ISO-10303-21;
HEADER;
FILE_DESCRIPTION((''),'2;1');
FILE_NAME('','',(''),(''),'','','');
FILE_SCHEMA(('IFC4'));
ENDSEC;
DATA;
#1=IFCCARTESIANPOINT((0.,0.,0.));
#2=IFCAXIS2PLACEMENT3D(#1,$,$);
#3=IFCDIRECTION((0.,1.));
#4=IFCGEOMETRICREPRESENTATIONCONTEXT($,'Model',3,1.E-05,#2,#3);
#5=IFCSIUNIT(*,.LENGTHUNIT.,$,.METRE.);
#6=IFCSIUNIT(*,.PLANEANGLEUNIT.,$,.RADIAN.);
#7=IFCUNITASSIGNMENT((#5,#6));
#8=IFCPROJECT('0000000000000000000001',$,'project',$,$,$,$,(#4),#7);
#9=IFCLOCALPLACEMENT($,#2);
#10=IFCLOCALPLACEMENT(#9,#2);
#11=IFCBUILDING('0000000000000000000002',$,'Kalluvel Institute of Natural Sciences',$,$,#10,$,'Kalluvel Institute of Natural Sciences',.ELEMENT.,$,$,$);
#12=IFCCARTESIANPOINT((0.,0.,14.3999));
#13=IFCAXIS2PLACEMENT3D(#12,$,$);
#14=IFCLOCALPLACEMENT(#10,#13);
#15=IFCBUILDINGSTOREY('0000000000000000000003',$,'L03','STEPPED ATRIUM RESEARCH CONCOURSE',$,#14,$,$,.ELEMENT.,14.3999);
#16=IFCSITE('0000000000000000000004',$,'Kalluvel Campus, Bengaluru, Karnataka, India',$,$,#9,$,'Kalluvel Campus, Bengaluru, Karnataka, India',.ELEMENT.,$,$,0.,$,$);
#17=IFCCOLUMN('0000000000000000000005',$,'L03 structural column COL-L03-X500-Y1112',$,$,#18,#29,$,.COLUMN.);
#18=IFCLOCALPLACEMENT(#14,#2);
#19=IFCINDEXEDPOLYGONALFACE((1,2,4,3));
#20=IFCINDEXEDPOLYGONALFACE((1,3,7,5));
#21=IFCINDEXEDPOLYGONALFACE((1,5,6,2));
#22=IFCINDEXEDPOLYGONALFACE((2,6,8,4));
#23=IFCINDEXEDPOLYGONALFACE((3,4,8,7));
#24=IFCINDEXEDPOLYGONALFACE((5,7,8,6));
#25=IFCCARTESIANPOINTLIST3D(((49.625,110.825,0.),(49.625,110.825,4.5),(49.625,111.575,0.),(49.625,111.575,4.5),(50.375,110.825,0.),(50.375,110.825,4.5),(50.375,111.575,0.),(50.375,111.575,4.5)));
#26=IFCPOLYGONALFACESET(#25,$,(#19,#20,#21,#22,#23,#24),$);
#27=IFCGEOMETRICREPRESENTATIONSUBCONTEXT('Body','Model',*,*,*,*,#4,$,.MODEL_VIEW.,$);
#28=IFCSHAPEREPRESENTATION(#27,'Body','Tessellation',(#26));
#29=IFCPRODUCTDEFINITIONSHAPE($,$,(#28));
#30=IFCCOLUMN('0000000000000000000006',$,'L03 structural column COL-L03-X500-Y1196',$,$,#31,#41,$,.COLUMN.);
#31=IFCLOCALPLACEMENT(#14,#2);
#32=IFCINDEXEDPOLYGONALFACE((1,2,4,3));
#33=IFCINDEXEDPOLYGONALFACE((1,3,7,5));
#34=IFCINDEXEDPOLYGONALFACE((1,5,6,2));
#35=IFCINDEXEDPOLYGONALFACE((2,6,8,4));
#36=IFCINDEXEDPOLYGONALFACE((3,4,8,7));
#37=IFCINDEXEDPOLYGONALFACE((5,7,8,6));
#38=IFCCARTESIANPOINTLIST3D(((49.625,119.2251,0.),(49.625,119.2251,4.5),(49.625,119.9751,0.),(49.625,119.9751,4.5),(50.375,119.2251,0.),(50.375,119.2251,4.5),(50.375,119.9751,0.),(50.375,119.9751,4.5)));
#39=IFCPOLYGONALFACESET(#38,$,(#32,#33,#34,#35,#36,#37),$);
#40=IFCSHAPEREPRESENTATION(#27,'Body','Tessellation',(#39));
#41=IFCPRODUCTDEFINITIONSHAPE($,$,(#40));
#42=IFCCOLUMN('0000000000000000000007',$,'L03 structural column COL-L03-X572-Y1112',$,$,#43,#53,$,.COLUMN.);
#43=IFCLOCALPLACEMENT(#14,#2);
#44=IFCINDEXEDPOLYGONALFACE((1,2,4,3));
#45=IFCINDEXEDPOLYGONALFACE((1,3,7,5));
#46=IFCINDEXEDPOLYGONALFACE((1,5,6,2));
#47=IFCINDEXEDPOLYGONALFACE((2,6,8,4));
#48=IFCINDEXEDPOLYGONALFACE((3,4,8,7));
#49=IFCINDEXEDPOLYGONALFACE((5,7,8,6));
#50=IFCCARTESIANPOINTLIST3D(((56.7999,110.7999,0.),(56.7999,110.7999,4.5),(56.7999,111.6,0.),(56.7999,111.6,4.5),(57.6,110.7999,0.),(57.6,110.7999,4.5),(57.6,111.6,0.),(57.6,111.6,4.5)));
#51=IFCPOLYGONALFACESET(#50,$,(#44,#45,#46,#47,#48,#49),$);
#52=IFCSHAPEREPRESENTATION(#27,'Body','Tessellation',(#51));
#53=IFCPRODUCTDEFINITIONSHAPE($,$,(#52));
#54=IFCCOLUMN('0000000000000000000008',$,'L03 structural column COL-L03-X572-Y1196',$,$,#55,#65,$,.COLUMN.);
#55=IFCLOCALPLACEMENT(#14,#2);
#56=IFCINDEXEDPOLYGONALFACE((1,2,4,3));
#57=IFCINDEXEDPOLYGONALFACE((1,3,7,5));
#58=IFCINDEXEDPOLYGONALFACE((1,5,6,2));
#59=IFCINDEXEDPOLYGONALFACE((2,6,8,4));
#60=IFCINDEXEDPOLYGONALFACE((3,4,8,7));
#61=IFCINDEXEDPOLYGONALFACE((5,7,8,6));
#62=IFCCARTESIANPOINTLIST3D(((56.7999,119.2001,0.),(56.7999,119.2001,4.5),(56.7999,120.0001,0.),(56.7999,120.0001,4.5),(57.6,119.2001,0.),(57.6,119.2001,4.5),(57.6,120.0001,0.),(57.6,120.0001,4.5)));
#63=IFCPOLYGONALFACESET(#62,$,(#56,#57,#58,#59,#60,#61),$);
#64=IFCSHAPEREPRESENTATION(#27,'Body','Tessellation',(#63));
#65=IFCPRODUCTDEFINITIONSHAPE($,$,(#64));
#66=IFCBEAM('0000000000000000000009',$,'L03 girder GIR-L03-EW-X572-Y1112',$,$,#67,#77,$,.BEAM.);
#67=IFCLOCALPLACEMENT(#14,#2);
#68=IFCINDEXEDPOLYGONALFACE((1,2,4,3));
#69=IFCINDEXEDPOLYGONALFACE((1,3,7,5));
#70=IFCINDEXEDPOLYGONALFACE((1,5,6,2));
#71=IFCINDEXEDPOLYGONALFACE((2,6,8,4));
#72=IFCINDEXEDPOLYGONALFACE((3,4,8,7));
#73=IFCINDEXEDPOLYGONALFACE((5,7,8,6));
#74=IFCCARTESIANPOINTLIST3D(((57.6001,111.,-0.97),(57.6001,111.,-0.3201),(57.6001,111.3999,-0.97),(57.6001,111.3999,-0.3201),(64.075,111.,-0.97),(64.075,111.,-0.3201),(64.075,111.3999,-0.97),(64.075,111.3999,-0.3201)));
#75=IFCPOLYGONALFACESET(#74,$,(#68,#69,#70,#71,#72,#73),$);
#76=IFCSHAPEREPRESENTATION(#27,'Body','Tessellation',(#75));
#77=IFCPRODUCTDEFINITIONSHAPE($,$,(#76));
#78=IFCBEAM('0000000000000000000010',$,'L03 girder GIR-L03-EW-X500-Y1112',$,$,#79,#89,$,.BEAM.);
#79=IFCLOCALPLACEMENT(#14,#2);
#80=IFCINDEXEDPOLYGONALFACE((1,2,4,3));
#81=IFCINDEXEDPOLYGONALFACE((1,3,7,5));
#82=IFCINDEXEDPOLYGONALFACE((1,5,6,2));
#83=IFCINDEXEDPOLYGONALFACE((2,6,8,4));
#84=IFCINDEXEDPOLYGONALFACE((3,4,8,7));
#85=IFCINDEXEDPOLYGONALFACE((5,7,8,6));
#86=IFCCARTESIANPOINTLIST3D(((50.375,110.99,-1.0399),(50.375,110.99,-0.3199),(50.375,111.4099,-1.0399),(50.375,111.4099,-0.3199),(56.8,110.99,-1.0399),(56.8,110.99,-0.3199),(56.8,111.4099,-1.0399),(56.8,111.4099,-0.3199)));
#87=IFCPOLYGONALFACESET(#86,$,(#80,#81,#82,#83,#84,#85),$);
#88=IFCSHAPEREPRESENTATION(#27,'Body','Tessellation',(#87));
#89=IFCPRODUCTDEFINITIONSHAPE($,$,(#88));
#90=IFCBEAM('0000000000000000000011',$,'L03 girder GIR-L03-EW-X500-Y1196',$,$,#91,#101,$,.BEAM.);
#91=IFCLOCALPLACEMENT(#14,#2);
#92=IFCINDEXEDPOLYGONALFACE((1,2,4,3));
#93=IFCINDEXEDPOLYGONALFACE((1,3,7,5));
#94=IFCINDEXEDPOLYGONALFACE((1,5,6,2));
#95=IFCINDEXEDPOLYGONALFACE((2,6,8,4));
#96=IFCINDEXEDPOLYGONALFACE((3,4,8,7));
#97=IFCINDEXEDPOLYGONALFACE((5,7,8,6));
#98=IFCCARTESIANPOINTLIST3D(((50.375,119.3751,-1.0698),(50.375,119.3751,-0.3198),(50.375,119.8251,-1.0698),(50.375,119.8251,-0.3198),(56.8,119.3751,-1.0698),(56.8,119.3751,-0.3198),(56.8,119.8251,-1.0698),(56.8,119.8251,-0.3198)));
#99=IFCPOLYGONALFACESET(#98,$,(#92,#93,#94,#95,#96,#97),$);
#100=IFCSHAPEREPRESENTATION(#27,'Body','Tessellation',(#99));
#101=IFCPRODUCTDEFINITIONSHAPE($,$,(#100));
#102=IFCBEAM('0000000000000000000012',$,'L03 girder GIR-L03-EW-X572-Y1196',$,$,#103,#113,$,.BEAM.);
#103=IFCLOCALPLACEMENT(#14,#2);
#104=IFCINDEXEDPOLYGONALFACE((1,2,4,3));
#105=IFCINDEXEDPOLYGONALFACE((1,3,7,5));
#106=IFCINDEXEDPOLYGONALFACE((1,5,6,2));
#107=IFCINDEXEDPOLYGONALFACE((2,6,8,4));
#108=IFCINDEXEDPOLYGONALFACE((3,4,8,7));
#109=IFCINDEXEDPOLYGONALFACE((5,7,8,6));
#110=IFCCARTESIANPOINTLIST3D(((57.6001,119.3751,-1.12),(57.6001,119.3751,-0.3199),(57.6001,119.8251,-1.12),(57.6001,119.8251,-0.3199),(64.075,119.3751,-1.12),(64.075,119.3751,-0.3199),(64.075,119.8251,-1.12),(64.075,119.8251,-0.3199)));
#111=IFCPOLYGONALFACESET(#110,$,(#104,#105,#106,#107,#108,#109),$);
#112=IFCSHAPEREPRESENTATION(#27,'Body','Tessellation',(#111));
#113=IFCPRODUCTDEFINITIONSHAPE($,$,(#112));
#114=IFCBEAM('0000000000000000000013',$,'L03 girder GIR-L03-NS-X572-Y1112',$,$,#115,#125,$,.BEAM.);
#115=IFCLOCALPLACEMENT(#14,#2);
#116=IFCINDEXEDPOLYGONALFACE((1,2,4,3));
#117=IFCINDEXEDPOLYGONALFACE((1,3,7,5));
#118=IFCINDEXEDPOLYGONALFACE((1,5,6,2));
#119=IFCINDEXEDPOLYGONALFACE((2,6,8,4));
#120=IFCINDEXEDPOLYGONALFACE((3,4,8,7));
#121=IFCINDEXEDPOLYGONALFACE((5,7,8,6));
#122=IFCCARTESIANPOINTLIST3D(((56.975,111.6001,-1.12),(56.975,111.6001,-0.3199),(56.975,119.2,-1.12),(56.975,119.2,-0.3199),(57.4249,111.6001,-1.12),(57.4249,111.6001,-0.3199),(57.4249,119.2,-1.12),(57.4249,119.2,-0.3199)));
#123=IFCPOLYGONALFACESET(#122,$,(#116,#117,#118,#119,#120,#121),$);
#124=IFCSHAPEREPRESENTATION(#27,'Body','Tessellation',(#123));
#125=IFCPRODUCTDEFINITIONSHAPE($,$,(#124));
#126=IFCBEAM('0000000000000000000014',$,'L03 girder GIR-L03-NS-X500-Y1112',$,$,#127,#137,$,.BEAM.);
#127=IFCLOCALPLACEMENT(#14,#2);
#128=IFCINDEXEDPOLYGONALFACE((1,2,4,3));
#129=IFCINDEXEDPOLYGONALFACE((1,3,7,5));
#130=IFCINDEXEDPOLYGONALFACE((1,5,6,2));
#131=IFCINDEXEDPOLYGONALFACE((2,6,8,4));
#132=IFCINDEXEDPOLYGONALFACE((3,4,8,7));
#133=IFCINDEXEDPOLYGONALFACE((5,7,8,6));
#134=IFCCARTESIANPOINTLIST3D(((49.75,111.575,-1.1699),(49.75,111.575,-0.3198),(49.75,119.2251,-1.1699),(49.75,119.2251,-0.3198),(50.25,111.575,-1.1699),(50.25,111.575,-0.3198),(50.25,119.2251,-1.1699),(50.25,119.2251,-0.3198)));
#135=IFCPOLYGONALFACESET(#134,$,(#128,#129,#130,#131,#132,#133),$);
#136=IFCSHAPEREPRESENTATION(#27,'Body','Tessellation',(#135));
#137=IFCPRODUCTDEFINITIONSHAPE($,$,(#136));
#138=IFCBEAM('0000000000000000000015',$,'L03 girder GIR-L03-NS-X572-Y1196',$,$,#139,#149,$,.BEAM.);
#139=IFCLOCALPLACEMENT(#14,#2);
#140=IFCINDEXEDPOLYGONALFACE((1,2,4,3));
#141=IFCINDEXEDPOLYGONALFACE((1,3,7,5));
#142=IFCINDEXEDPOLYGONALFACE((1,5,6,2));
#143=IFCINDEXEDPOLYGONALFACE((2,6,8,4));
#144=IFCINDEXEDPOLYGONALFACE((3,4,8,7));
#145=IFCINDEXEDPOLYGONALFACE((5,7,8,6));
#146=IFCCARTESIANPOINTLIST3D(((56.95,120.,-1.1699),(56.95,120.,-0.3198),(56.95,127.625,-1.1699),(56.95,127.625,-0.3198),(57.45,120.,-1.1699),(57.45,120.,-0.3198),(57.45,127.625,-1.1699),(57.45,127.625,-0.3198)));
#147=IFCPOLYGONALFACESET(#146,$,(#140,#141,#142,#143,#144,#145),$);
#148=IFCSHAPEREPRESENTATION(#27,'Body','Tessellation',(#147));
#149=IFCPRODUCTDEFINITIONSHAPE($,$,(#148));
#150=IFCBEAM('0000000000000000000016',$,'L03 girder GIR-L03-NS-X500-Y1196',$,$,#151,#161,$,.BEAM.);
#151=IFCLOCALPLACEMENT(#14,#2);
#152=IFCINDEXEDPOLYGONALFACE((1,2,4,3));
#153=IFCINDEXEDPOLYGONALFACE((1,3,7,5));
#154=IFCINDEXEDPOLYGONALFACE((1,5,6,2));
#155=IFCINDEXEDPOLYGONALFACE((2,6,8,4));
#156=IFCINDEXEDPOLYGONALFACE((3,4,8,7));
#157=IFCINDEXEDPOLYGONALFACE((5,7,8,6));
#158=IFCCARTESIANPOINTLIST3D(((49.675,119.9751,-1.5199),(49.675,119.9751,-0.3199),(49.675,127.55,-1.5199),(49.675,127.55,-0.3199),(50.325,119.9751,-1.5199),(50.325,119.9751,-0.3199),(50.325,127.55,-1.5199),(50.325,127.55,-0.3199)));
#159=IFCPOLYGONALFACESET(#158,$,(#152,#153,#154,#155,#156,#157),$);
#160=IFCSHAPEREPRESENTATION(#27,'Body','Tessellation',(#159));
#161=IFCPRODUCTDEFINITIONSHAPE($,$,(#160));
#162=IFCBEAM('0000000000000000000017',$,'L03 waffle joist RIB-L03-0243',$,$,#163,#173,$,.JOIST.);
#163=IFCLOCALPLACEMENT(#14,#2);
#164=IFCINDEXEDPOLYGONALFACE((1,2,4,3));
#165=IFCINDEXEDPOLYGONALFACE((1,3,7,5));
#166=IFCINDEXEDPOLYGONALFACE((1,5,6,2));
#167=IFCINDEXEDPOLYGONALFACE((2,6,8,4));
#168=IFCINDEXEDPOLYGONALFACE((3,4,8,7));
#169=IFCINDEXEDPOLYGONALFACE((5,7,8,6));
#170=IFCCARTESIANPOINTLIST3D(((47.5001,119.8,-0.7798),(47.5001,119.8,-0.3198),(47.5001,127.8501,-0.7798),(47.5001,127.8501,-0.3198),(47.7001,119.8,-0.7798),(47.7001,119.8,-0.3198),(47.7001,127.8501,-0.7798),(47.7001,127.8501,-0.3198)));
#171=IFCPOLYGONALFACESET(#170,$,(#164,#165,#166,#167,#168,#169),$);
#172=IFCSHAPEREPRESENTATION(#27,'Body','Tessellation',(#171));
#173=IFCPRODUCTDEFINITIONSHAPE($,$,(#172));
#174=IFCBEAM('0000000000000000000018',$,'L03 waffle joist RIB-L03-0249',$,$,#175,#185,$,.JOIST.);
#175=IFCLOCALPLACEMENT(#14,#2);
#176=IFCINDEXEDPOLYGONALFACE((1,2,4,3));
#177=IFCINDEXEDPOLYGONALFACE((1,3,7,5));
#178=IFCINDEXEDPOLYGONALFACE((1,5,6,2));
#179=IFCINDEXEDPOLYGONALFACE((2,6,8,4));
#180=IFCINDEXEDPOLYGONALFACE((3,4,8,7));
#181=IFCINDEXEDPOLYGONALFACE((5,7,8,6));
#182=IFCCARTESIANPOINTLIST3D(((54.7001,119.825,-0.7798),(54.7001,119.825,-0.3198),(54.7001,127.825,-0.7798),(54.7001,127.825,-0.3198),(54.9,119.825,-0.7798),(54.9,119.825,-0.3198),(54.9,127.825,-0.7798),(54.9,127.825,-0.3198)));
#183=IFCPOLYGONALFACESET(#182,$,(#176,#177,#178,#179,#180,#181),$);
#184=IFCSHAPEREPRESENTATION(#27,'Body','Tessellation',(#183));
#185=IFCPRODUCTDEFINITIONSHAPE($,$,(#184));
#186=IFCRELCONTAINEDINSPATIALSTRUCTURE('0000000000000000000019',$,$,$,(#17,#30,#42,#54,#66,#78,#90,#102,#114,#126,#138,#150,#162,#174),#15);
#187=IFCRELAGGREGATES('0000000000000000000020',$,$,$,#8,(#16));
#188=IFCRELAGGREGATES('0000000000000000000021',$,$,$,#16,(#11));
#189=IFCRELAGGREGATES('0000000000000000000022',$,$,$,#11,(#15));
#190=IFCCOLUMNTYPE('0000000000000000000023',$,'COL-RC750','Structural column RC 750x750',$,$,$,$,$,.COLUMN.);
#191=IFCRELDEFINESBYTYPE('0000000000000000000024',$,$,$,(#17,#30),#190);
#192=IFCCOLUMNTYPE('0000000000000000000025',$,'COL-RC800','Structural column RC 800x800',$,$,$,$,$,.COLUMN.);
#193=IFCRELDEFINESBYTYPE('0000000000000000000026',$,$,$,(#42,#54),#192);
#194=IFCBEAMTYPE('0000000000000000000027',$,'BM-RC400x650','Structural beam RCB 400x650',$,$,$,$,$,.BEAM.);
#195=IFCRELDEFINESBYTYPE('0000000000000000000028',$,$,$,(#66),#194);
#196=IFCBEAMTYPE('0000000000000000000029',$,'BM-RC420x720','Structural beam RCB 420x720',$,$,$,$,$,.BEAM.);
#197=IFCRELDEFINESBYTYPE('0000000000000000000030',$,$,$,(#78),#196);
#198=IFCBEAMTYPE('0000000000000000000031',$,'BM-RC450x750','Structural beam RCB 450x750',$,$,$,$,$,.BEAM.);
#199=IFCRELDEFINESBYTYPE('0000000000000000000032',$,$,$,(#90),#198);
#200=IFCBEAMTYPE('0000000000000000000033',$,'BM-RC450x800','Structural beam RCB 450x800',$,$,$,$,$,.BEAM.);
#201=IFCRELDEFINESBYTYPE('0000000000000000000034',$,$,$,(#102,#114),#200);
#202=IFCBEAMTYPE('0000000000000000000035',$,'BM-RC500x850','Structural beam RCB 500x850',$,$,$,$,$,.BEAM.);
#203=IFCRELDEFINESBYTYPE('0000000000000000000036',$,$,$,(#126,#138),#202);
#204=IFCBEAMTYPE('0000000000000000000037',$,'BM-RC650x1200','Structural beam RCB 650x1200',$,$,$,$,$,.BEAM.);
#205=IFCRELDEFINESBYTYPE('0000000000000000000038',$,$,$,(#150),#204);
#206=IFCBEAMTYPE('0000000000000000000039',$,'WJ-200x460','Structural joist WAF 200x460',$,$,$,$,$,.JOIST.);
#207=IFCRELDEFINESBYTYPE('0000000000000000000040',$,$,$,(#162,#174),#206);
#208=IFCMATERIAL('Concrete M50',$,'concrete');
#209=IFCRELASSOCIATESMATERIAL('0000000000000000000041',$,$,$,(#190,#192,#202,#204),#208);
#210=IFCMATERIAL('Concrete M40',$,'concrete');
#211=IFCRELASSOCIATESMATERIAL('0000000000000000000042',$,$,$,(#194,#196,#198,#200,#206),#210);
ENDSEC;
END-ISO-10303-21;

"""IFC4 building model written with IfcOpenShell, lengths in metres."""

from ifc_helpers import new_model, si_unit, direction, frame, origin, origin_2d, place, context, subcontext, project, spatial, rectangle, extrude, material, material_profile, profile_set, type_object, element, save


model = new_model("IFC4")

# Units and contexts
model_context = context("Model", 3, precision=1e-05, world=origin(), true_north=direction((0.0, 1.0)))
body_context = subcontext(model_context, "Body", "Model", "MODEL_VIEW")
ifc_project = project(units=[si_unit("LENGTHUNIT", "METRE"), si_unit("PLANEANGLEUNIT", "RADIAN")], contexts=[model_context])

# Site, building, storey
site_placement = place(None, origin())
site = spatial("IfcSite", under=ifc_project, at=site_placement, Name="Kalluvel Campus, Bengaluru, Karnataka, India", LongName="Kalluvel Campus, Bengaluru, Karnataka, India", CompositionType="ELEMENT", RefElevation=0.0)
building_placement = place(site_placement, origin())
building = spatial("IfcBuilding", under=site, at=building_placement, Name="Kalluvel Institute of Natural Sciences", LongName="Kalluvel Institute of Natural Sciences", CompositionType="ELEMENT")
storey_placement = place(building_placement, frame((0.0, 0.0, 14.3999)))
storey = spatial("IfcBuildingStorey", under=building, at=storey_placement, Name="L03", Description="STEPPED ATRIUM RESEARCH CONCOURSE", CompositionType="ELEMENT", Elevation=14.3999)

# Columns
ifc_material_1 = material(Name="Concrete M50", Category="concrete")
ifc_material_profile_1 = material_profile(ifc_material_1, rectangle(XDim=0.75, YDim=0.75, at=origin_2d()), Name="RC 750x750")
ifc_profile_set_1 = profile_set([ifc_material_profile_1], Name="Concrete M50")
column_type_1 = type_object("IfcColumnType", Name="COL-RC750", Description="Structural column RC 750x750", PredefinedType="COLUMN", material=ifc_profile_set_1)
for number, where, z_axis, x_axis, name in (
    (1, (50.0, 111.2, 0.0), (0.0, 0.0, 1.0), (1.0, 0.0, 0.0), "L03 structural column COL-L03-X500-Y1112"),
    (2, (50.0, 119.6001, 0.0), (0.0, 0.0, 1.0), (1.0, 0.0, 0.0), "L03 structural column COL-L03-X500-Y1196"),
):
    element("IfcColumn", number, at=place(storey_placement, frame(where, z_axis=z_axis, x_axis=x_axis)), inside=storey, type_object=column_type_1, Name=name, PredefinedType="COLUMN", context=body_context, shape_type="SweptSolid", body=[
        extrude(rectangle(XDim=0.75, YDim=0.75, at=origin_2d()), origin(), (0.0, 0.0, 1.0), 4.5),
    ])
ifc_material_profile_2 = material_profile(ifc_material_1, rectangle(XDim=0.8, YDim=0.8, at=origin_2d()), Name="RC 800x800")
ifc_profile_set_2 = profile_set([ifc_material_profile_2], Name="Concrete M50")
column_type_2 = type_object("IfcColumnType", Name="COL-RC800", Description="Structural column RC 800x800", PredefinedType="COLUMN", material=ifc_profile_set_2)
for number, where, z_axis, x_axis, name in (
    (3, (57.2, 111.2, 0.0), (0.0, 0.0, 1.0), (1.0, 0.0, 0.0), "L03 structural column COL-L03-X572-Y1112"),
    (4, (57.2, 119.6001, 0.0), (0.0, 0.0, 1.0), (1.0, 0.0, 0.0), "L03 structural column COL-L03-X572-Y1196"),
):
    element("IfcColumn", number, at=place(storey_placement, frame(where, z_axis=z_axis, x_axis=x_axis)), inside=storey, type_object=column_type_2, Name=name, PredefinedType="COLUMN", context=body_context, shape_type="SweptSolid", body=[
        extrude(rectangle(XDim=0.8, YDim=0.8, at=origin_2d()), origin(), (0.0, 0.0, 1.0), 4.5),
    ])

# Beams
ifc_material_2 = material(Name="Concrete M40", Category="concrete")
ifc_material_profile_3 = material_profile(ifc_material_2, rectangle(XDim=0.3999, YDim=0.6499, at=origin_2d()), Name="RCB 400x650")
ifc_profile_set_3 = profile_set([ifc_material_profile_3], Name="Concrete M40")
beam_type_1 = type_object("IfcBeamType", Name="BM-RC400x650", Description="Structural beam RCB 400x650", PredefinedType="BEAM", material=ifc_profile_set_3)
beam_1_placement = place(storey_placement, frame((57.6001, 111.2, -0.645), z_axis=(1.0, 0.0, 0.0), x_axis=(0.0, 1.0, 0.0)))
element("IfcBeam", 5, at=beam_1_placement, inside=storey, type_object=beam_type_1, Name="L03 girder GIR-L03-EW-X572-Y1112", PredefinedType="BEAM", context=body_context, shape_type="SweptSolid", body=[
    extrude(rectangle(XDim=0.3999, YDim=0.6499, at=origin_2d()), origin(), (0.0, 0.0, 1.0), 6.4749),
])
ifc_material_profile_4 = material_profile(ifc_material_2, rectangle(XDim=0.4199, YDim=0.72, at=origin_2d()), Name="RCB 420x720")
ifc_profile_set_4 = profile_set([ifc_material_profile_4], Name="Concrete M40")
beam_type_2 = type_object("IfcBeamType", Name="BM-RC420x720", Description="Structural beam RCB 420x720", PredefinedType="BEAM", material=ifc_profile_set_4)
beam_2_placement = place(storey_placement, frame((50.375, 111.2, -0.6799), z_axis=(1.0, 0.0, 0.0), x_axis=(0.0, 1.0, 0.0)))
element("IfcBeam", 6, at=beam_2_placement, inside=storey, type_object=beam_type_2, Name="L03 girder GIR-L03-EW-X500-Y1112", PredefinedType="BEAM", context=body_context, shape_type="SweptSolid", body=[
    extrude(rectangle(XDim=0.4199, YDim=0.72, at=origin_2d()), origin(), (0.0, 0.0, 1.0), 6.425),
])
ifc_material_profile_5 = material_profile(ifc_material_2, rectangle(XDim=0.45, YDim=0.75, at=origin_2d()), Name="RCB 450x750")
ifc_profile_set_5 = profile_set([ifc_material_profile_5], Name="Concrete M40")
beam_type_3 = type_object("IfcBeamType", Name="BM-RC450x750", Description="Structural beam RCB 450x750", PredefinedType="BEAM", material=ifc_profile_set_5)
beam_3_placement = place(storey_placement, frame((50.375, 119.6001, -0.6948), z_axis=(1.0, 0.0, 0.0), x_axis=(0.0, 1.0, 0.0)))
element("IfcBeam", 7, at=beam_3_placement, inside=storey, type_object=beam_type_3, Name="L03 girder GIR-L03-EW-X500-Y1196", PredefinedType="BEAM", context=body_context, shape_type="SweptSolid", body=[
    extrude(rectangle(XDim=0.45, YDim=0.75, at=origin_2d()), origin(), (0.0, 0.0, 1.0), 6.425),
])
ifc_material_profile_6 = material_profile(ifc_material_2, rectangle(XDim=0.45, YDim=0.8, at=origin_2d()), Name="RCB 450x800")
ifc_profile_set_6 = profile_set([ifc_material_profile_6], Name="Concrete M40")
beam_type_4 = type_object("IfcBeamType", Name="BM-RC450x800", Description="Structural beam RCB 450x800", PredefinedType="BEAM", material=ifc_profile_set_6)
beam_4_placement = place(storey_placement, frame((57.6001, 119.6001, -0.72), z_axis=(1.0, 0.0, 0.0), x_axis=(0.0, 1.0, 0.0)))
element("IfcBeam", 8, at=beam_4_placement, inside=storey, type_object=beam_type_4, Name="L03 girder GIR-L03-EW-X572-Y1196", PredefinedType="BEAM", context=body_context, shape_type="SweptSolid", body=[
    extrude(rectangle(XDim=0.45, YDim=0.8, at=origin_2d()), origin(), (0.0, 0.0, 1.0), 6.4749),
])
beam_5_placement = place(storey_placement, frame((57.2, 111.6001, -0.72), z_axis=(0.0, 1.0, 0.0), x_axis=(-1.0, 0.0, 0.0)))
element("IfcBeam", 9, at=beam_5_placement, inside=storey, type_object=beam_type_4, Name="L03 girder GIR-L03-NS-X572-Y1112", PredefinedType="BEAM", context=body_context, shape_type="SweptSolid", body=[
    extrude(rectangle(XDim=0.45, YDim=0.8, at=origin_2d()), origin(), (0.0, 0.0, 1.0), 7.5999),
])
ifc_material_profile_7 = material_profile(ifc_material_1, rectangle(XDim=0.5, YDim=0.8501, at=origin_2d()), Name="RCB 500x850")
ifc_profile_set_7 = profile_set([ifc_material_profile_7], Name="Concrete M50")
beam_type_5 = type_object("IfcBeamType", Name="BM-RC500x850", Description="Structural beam RCB 500x850", PredefinedType="BEAM", material=ifc_profile_set_7)
beam_6_placement = place(storey_placement, frame((50.0, 111.575, -0.7449), z_axis=(0.0, 1.0, 0.0), x_axis=(-1.0, 0.0, 0.0)))
element("IfcBeam", 10, at=beam_6_placement, inside=storey, type_object=beam_type_5, Name="L03 girder GIR-L03-NS-X500-Y1112", PredefinedType="BEAM", context=body_context, shape_type="SweptSolid", body=[
    extrude(rectangle(XDim=0.5, YDim=0.8501, at=origin_2d()), origin(), (0.0, 0.0, 1.0), 7.6501),
])
beam_7_placement = place(storey_placement, frame((57.2, 120.0, -0.7449), z_axis=(0.0, 1.0, 0.0), x_axis=(-1.0, 0.0, 0.0)))
element("IfcBeam", 11, at=beam_7_placement, inside=storey, type_object=beam_type_5, Name="L03 girder GIR-L03-NS-X572-Y1196", PredefinedType="BEAM", context=body_context, shape_type="SweptSolid", body=[
    extrude(rectangle(XDim=0.5, YDim=0.8501, at=origin_2d()), origin(), (0.0, 0.0, 1.0), 7.625),
])
ifc_material_profile_8 = material_profile(ifc_material_1, rectangle(XDim=0.6499, YDim=1.2, at=origin_2d()), Name="RCB 650x1200")
ifc_profile_set_8 = profile_set([ifc_material_profile_8], Name="Concrete M50")
beam_type_6 = type_object("IfcBeamType", Name="BM-RC650x1200", Description="Structural beam RCB 650x1200", PredefinedType="BEAM", material=ifc_profile_set_8)
beam_8_placement = place(storey_placement, frame((50.0, 119.9751, -0.9199), z_axis=(0.0, 1.0, 0.0), x_axis=(-1.0, 0.0, 0.0)))
element("IfcBeam", 12, at=beam_8_placement, inside=storey, type_object=beam_type_6, Name="L03 girder GIR-L03-NS-X500-Y1196", PredefinedType="BEAM", context=body_context, shape_type="SweptSolid", body=[
    extrude(rectangle(XDim=0.6499, YDim=1.2, at=origin_2d()), origin(), (0.0, 0.0, 1.0), 7.575),
])
ifc_material_profile_9 = material_profile(ifc_material_2, rectangle(XDim=0.2, YDim=0.46, at=origin_2d()), Name="WAF 200x460")
ifc_profile_set_9 = profile_set([ifc_material_profile_9], Name="Concrete M40")
beam_type_7 = type_object("IfcBeamType", Name="WJ-200x460", Description="Structural joist WAF 200x460", PredefinedType="JOIST", material=ifc_profile_set_9)
beam_9_placement = place(storey_placement, frame((47.6001, 119.8, -0.5498), z_axis=(0.0, 1.0, 0.0), x_axis=(-1.0, 0.0, 0.0)))
element("IfcBeam", 13, at=beam_9_placement, inside=storey, type_object=beam_type_7, Name="L03 waffle joist RIB-L03-0243", PredefinedType="JOIST", context=body_context, shape_type="SweptSolid", body=[
    extrude(rectangle(XDim=0.2, YDim=0.46, at=origin_2d()), origin(), (0.0, 0.0, 1.0), 8.05),
])
beam_10_placement = place(storey_placement, frame((54.8, 119.825, -0.5498), z_axis=(0.0, 1.0, 0.0), x_axis=(-1.0, 0.0, 0.0)))
element("IfcBeam", 14, at=beam_10_placement, inside=storey, type_object=beam_type_7, Name="L03 waffle joist RIB-L03-0249", PredefinedType="JOIST", context=body_context, shape_type="SweptSolid", body=[
    extrude(rectangle(XDim=0.2, YDim=0.46, at=origin_2d()), origin(), (0.0, 0.0, 1.0), 8.0),
])

save(model, "model.ifc")
